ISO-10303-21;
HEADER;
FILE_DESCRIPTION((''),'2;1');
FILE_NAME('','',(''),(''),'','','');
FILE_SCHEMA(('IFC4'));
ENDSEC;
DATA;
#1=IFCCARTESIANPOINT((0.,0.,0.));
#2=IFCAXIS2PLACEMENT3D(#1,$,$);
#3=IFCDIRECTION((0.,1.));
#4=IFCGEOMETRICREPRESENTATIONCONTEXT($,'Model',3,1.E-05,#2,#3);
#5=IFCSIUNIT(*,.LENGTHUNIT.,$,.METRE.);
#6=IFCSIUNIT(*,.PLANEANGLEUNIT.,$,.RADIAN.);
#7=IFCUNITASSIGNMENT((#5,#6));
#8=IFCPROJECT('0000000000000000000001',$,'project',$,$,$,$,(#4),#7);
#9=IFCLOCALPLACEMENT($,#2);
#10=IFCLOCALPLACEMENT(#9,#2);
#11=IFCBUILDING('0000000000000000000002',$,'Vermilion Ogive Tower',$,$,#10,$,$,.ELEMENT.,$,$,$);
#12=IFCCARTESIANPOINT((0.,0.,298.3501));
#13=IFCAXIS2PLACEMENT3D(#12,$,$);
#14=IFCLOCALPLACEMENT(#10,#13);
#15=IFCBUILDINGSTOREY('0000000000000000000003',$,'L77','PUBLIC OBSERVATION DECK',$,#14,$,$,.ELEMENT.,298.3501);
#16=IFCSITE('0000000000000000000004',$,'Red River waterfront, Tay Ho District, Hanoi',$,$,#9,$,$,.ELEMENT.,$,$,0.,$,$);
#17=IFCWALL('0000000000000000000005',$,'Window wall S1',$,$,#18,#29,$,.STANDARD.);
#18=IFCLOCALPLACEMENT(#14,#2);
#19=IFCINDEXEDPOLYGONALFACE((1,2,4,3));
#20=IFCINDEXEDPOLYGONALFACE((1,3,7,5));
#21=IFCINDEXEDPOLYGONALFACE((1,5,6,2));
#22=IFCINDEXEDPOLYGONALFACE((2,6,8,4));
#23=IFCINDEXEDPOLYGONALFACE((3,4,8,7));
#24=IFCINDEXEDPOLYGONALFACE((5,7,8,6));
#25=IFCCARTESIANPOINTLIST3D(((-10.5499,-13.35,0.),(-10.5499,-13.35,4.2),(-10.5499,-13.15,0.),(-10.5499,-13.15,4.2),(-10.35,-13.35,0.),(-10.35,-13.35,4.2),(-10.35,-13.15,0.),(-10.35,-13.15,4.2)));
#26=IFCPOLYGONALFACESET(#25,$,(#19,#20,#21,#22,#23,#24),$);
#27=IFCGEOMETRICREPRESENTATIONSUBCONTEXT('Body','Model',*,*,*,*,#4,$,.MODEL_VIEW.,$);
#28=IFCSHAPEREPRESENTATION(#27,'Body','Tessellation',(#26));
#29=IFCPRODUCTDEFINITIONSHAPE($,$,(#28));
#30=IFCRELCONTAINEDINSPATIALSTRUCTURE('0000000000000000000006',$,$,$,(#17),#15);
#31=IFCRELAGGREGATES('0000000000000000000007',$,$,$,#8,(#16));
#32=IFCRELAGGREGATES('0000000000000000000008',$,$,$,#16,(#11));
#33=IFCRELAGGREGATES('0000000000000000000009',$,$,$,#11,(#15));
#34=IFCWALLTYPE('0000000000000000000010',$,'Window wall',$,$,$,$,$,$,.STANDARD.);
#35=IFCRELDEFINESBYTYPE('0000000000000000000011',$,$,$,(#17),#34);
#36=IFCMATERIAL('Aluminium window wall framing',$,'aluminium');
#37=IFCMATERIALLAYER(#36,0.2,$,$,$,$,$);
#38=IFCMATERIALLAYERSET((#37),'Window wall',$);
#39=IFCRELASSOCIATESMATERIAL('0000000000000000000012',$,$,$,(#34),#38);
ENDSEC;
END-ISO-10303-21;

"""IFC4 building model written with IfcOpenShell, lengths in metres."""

from ifc_helpers import new_model, si_unit, direction, frame, frame_2d, origin, place, context, subcontext, project, spatial, rectangle, extrude, material, layer, layer_set, type_object, element, save


model = new_model("IFC4")

# Units and contexts
model_context = context("Model", 3, precision=1e-05, world=origin(), true_north=direction((0.0, 1.0)))
body_context = subcontext(model_context, "Body", "Model", "MODEL_VIEW")
ifc_project = project(units=[si_unit("LENGTHUNIT", "METRE"), si_unit("PLANEANGLEUNIT", "RADIAN")], contexts=[model_context])

# Site, building, storey
site_placement = place(None, origin())
site = spatial("IfcSite", under=ifc_project, at=site_placement, Name="Red River waterfront, Tay Ho District, Hanoi", CompositionType="ELEMENT", RefElevation=0.0)
building_placement = place(site_placement, origin())
building = spatial("IfcBuilding", under=site, at=building_placement, Name="Vermilion Ogive Tower", CompositionType="ELEMENT")
storey_placement = place(building_placement, frame((0.0, 0.0, 298.3501)))
storey = spatial("IfcBuildingStorey", under=building, at=storey_placement, Name="L77", Description="PUBLIC OBSERVATION DECK", CompositionType="ELEMENT", Elevation=298.3501)

# Wall
ifc_material_1 = material(Name="Aluminium window wall framing", Category="aluminium")
ifc_layer_1 = layer(ifc_material_1, 0.2)
ifc_layer_set_1 = layer_set([ifc_layer_1], Name="Window wall")
wall_type_1 = type_object("IfcWallType", Name="Window wall", PredefinedType="STANDARD", material=ifc_layer_set_1)
wall_1_placement = place(storey_placement, frame((-10.55, -13.25, 0.0), z_axis=(0.0, 0.0, 1.0), x_axis=(1.0, 0.0, 0.0)))
element("IfcWall", 1, at=wall_1_placement, inside=storey, type_object=wall_type_1, Name="Window wall S1", PredefinedType="STANDARD", context=body_context, shape_type="SweptSolid", body=[
    extrude(rectangle(XDim=0.2, YDim=0.2, at=frame_2d((0.1001, 0.0))), origin(), (0.0, 0.0, 1.0), 4.2),
])

save(model, "model.ifc")
